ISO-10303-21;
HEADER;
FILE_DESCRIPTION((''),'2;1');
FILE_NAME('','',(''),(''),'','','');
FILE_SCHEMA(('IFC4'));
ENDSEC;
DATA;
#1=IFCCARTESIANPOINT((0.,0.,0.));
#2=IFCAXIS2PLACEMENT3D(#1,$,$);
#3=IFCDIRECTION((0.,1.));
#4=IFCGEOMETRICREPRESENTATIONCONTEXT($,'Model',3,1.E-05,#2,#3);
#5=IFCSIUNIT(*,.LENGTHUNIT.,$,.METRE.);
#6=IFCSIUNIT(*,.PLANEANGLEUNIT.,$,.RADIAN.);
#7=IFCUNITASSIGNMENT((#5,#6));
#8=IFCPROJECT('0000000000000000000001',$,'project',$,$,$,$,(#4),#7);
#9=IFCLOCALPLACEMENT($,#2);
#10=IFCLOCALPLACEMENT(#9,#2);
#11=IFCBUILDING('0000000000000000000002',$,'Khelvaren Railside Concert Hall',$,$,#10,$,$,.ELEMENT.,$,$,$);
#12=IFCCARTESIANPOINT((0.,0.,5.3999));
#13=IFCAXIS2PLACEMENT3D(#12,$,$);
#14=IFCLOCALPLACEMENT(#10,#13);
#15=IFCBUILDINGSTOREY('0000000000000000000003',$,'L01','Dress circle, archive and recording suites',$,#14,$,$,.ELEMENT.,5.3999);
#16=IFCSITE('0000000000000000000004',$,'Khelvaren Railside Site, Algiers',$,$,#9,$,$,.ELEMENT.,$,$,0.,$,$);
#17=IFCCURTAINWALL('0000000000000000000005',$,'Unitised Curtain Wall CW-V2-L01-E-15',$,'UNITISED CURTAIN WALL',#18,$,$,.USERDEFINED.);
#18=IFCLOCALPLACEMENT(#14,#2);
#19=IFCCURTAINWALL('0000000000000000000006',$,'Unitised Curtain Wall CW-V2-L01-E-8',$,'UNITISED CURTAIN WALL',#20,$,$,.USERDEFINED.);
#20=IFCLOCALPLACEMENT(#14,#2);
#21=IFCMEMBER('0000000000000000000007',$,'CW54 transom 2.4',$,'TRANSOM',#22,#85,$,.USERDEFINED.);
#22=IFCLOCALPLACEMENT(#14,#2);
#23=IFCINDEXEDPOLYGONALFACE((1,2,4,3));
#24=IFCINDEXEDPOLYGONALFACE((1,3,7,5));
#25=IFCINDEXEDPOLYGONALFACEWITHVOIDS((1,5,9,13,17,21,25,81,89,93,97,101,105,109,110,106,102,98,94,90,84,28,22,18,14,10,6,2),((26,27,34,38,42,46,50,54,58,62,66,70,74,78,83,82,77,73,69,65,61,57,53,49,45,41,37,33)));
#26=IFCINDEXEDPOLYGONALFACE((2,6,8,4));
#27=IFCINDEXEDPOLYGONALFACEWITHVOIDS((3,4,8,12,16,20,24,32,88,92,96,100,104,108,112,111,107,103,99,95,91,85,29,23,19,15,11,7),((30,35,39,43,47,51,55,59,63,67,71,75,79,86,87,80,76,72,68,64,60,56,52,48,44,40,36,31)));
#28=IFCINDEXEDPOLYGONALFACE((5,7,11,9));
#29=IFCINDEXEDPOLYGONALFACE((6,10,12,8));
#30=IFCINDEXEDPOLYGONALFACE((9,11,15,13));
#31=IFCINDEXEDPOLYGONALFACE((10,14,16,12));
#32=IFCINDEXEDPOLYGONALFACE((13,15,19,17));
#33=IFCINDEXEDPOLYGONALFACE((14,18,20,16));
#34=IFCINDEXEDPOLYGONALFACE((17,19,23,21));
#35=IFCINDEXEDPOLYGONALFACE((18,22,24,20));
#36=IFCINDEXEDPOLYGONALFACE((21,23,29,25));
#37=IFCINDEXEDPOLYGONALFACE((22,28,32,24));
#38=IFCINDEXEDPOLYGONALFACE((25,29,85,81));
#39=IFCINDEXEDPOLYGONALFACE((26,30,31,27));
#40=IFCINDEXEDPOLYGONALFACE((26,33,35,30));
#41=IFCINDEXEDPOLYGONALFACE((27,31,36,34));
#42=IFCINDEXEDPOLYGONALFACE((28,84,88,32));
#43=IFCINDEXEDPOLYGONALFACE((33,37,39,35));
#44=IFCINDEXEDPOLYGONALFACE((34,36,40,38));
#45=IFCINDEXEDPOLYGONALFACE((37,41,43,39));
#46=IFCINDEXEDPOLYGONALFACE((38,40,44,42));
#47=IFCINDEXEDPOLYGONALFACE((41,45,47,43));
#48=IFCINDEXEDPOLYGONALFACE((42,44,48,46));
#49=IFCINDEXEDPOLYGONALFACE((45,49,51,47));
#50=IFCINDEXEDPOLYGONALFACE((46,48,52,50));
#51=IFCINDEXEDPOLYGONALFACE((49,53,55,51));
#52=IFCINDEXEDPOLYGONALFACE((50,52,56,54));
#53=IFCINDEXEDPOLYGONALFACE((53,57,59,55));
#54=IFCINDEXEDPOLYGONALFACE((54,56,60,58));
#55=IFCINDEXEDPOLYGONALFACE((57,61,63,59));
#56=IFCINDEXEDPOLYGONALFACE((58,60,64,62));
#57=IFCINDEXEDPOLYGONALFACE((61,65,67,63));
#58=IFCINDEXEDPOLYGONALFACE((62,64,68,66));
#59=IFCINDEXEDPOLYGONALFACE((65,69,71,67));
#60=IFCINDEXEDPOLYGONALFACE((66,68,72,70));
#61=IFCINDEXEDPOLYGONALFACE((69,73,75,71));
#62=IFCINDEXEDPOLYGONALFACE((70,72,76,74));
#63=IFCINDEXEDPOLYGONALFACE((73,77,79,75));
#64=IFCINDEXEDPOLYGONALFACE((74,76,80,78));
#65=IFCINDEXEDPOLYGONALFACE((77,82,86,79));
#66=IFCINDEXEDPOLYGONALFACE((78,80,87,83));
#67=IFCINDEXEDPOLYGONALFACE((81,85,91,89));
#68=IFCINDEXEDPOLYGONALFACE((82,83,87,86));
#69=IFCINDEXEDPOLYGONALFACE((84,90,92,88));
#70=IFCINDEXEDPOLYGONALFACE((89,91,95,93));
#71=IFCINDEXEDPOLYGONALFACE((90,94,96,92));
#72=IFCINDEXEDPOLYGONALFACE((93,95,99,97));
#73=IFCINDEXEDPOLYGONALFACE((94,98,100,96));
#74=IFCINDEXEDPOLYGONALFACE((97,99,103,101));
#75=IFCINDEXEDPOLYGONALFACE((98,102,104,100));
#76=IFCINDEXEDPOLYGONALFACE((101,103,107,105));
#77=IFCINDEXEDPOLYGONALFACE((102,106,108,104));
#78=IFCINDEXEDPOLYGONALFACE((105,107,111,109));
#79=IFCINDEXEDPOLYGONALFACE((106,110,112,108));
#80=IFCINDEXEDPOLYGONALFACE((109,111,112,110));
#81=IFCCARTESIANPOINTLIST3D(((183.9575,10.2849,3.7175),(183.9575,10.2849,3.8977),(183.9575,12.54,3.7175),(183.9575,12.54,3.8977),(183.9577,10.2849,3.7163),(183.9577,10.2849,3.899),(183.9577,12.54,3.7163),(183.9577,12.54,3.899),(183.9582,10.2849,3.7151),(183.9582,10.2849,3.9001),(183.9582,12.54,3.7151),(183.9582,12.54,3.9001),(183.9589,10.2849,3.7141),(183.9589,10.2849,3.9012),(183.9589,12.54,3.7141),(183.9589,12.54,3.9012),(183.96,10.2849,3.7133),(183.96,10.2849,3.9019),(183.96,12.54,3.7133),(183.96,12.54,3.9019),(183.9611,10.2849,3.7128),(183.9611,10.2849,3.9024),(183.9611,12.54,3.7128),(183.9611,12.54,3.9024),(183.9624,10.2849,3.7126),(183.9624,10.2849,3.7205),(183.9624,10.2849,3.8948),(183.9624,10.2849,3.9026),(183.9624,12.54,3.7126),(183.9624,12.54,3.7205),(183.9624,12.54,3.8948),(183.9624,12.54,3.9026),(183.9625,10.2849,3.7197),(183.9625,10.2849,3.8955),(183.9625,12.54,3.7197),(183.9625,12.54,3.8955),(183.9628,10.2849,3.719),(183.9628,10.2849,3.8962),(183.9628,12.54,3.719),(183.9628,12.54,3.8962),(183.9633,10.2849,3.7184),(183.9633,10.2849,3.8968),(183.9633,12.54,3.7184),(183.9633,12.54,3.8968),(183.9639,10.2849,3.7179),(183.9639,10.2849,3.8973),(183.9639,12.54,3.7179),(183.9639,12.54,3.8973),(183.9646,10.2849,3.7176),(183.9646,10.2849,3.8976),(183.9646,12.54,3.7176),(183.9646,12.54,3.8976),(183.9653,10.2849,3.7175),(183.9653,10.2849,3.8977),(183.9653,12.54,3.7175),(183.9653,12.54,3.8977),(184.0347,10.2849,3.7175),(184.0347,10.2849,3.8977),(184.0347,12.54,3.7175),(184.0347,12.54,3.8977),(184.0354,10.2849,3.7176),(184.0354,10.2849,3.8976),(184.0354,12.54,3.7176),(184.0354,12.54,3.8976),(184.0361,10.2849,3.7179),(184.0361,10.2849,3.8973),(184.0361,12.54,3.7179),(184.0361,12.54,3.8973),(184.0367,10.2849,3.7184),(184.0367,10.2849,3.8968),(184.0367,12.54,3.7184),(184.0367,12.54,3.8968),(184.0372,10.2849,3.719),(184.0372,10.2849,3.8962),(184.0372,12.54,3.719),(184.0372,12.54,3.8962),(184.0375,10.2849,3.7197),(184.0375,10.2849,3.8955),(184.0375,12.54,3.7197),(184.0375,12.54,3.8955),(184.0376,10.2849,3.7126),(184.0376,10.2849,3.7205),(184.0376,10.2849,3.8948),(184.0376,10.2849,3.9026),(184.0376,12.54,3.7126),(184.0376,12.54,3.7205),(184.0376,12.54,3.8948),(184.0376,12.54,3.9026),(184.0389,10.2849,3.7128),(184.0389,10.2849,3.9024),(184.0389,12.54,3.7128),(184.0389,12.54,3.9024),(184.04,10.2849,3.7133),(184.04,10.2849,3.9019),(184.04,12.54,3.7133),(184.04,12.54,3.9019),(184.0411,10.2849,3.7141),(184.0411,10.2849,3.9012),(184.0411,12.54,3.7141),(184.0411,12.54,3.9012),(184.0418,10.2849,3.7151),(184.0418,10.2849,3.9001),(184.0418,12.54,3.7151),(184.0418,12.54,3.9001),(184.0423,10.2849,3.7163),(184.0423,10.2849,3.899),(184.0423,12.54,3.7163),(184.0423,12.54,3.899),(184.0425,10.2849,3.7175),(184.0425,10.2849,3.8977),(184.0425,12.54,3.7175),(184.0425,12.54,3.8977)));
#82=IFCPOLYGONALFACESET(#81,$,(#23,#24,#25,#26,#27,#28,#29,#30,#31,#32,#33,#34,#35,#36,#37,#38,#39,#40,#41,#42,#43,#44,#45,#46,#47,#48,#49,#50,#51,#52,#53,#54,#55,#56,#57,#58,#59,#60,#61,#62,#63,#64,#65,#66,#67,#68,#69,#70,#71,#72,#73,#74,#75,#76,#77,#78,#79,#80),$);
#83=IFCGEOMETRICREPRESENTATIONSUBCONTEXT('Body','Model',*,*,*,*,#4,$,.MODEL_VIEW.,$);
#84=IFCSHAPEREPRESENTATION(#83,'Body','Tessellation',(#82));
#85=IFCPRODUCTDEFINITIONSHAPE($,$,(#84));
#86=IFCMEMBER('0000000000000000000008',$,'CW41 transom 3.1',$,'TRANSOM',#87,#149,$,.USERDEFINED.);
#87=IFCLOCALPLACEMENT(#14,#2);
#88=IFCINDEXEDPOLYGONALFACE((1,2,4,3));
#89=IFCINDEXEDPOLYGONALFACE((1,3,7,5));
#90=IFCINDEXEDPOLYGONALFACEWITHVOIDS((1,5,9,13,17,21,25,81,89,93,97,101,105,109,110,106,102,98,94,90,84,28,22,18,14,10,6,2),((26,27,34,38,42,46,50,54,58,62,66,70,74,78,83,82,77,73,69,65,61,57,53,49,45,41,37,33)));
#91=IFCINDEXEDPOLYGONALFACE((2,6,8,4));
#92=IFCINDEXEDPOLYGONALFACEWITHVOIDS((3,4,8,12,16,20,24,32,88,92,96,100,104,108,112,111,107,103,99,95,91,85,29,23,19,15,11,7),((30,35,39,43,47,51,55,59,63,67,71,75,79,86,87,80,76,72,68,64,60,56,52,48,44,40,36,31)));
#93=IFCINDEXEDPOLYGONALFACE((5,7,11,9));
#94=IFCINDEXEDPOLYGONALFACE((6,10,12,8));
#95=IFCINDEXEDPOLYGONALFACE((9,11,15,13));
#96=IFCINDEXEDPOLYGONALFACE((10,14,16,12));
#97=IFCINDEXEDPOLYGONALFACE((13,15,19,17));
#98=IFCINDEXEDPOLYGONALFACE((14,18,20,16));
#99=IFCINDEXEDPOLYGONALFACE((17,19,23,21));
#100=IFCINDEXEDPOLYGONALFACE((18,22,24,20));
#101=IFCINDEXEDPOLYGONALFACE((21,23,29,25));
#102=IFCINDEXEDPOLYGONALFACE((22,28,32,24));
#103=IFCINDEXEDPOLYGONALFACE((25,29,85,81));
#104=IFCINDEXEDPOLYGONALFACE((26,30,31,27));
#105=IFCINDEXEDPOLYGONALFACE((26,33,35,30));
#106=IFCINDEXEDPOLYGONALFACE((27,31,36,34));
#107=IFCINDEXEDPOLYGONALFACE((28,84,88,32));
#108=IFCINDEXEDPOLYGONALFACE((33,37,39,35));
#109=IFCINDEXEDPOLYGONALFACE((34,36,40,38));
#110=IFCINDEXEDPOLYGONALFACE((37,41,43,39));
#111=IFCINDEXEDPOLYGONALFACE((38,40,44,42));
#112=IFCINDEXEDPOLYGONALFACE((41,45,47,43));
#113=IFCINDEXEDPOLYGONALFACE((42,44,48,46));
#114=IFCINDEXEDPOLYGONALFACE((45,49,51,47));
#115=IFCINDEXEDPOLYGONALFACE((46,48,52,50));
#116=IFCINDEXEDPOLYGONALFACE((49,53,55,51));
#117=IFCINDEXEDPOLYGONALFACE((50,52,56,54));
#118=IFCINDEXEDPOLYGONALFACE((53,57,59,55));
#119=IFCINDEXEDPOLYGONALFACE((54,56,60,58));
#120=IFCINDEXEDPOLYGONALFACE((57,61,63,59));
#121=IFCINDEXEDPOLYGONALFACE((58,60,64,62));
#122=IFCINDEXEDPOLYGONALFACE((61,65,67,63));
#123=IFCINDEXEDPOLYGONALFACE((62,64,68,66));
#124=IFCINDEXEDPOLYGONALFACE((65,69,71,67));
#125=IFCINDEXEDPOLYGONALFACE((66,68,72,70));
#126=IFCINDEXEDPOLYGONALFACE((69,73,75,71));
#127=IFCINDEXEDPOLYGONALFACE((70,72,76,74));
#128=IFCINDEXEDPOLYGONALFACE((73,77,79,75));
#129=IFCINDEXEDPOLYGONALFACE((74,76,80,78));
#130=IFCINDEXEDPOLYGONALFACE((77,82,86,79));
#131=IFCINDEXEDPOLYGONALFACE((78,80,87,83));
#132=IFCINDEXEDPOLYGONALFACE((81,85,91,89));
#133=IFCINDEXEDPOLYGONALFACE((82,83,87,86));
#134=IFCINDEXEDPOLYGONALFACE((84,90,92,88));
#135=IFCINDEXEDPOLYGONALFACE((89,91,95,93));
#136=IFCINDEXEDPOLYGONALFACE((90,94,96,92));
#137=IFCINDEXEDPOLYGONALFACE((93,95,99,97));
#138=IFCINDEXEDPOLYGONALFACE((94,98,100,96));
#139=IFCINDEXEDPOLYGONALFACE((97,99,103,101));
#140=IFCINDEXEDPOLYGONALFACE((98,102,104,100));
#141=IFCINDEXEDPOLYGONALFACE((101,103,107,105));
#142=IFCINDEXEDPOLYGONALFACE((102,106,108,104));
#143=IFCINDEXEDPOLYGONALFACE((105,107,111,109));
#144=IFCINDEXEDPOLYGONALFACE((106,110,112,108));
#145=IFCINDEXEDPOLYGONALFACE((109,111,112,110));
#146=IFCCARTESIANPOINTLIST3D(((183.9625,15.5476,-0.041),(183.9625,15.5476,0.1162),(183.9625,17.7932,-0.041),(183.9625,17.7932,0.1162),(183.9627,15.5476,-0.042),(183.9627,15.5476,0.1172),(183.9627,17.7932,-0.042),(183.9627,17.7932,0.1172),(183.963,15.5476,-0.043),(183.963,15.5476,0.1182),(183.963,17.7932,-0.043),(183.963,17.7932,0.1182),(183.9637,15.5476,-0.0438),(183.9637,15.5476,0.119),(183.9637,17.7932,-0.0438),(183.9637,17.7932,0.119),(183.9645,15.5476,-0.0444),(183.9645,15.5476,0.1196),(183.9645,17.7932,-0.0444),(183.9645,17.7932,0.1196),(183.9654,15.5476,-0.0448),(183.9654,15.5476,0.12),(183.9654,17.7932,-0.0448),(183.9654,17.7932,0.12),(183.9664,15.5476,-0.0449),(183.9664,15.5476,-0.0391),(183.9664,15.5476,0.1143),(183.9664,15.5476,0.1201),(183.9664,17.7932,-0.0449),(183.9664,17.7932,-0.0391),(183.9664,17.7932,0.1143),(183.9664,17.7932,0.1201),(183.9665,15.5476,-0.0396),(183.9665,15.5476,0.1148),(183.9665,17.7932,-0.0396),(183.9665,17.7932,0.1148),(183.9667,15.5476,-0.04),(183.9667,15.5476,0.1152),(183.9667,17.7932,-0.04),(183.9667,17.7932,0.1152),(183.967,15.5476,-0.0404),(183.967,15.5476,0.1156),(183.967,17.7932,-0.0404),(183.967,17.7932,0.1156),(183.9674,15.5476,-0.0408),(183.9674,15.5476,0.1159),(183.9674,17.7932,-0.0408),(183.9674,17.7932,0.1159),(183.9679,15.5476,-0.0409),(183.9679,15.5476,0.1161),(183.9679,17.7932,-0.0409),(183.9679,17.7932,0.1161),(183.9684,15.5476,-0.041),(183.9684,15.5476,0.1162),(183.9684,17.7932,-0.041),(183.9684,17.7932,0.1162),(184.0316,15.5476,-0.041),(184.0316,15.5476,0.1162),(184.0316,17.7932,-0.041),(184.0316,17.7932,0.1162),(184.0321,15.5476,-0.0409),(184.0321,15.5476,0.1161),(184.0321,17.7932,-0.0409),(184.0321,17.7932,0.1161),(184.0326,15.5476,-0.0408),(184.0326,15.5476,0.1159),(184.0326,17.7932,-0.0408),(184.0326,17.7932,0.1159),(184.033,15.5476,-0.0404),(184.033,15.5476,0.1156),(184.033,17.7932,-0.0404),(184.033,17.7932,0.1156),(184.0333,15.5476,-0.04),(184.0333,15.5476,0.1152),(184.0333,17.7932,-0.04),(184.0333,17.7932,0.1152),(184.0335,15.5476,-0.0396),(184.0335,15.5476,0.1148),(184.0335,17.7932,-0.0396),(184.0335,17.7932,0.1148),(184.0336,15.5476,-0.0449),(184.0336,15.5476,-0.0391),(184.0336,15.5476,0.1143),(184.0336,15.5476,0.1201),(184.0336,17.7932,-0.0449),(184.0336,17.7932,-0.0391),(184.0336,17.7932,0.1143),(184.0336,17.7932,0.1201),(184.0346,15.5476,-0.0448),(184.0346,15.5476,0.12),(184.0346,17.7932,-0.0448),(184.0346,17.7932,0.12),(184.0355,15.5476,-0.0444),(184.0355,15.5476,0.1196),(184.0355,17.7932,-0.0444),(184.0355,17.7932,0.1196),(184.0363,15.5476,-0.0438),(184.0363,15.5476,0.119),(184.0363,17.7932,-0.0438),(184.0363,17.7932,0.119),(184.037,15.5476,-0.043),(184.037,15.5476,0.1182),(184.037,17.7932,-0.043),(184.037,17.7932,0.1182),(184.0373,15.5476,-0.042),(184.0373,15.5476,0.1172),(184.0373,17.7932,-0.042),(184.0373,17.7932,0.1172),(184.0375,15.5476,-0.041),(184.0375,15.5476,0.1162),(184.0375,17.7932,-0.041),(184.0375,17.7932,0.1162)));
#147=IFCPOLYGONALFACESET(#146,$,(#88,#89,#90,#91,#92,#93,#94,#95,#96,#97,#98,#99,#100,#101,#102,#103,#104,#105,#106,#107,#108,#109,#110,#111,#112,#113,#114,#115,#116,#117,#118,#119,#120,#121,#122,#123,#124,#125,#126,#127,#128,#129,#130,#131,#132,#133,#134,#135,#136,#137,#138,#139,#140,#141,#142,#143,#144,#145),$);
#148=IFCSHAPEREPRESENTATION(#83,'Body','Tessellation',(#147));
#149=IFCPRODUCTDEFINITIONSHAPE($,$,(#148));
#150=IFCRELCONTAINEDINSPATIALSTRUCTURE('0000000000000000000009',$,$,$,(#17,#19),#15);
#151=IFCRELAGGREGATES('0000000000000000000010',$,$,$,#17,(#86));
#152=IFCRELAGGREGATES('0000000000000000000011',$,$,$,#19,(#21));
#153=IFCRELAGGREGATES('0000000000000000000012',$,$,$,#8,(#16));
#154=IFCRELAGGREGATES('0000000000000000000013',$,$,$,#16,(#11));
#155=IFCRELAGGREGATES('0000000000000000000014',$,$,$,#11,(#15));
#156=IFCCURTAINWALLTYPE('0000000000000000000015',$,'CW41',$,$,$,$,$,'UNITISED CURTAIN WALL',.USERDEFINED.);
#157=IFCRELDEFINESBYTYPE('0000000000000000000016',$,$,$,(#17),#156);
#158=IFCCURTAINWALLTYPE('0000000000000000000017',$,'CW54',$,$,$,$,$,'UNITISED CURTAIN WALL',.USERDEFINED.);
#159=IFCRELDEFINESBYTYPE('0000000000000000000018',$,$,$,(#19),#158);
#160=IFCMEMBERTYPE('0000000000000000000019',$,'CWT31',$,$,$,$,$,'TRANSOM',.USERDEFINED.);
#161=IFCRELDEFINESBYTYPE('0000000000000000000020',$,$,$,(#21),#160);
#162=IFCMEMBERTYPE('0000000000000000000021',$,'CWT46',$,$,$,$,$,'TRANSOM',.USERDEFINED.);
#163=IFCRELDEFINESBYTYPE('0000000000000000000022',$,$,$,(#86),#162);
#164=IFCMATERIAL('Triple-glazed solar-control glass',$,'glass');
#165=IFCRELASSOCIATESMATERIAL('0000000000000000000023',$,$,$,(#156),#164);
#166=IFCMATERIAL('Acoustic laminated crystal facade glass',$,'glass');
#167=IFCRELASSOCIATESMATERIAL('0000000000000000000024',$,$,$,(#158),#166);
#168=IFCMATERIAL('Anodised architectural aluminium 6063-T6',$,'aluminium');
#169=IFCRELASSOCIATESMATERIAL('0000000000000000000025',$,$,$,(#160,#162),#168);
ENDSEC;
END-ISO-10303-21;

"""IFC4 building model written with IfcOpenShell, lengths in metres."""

from ifc_helpers import new_model, si_unit, direction, frame, origin, origin_2d, place, context, subcontext, project, spatial, hollow_rectangle, extrude, material, material_profile, profile_set, type_object, element, aggregate, save


model = new_model("IFC4")

# Units and contexts
model_context = context("Model", 3, precision=1e-05, world=origin(), true_north=direction((0.0, 1.0)))
body_context = subcontext(model_context, "Body", "Model", "MODEL_VIEW")
ifc_project = project(units=[si_unit("LENGTHUNIT", "METRE"), si_unit("PLANEANGLEUNIT", "RADIAN")], contexts=[model_context])

# Site, building, storey
site_placement = place(None, origin())
site = spatial("IfcSite", under=ifc_project, at=site_placement, Name="Khelvaren Railside Site, Algiers", CompositionType="ELEMENT", RefElevation=0.0)
building_placement = place(site_placement, origin())
building = spatial("IfcBuilding", under=site, at=building_placement, Name="Khelvaren Railside Concert Hall", CompositionType="ELEMENT")
storey_placement = place(building_placement, frame((0.0, 0.0, 5.3999)))
storey = spatial("IfcBuildingStorey", under=building, at=storey_placement, Name="L01", Description="Dress circle, archive and recording suites", CompositionType="ELEMENT", Elevation=5.3999)

# Curtain walls, member
ifc_material_1 = material(Name="Triple-glazed solar-control glass", Category="glass")
curtain_wall_type_1 = type_object("IfcCurtainWallType", Name="CW41", ElementType="UNITISED CURTAIN WALL", PredefinedType="USERDEFINED", material=ifc_material_1)
curtain_wall_1_placement = place(storey_placement, origin())
curtain_wall_1 = element("IfcCurtainWall", 1, at=curtain_wall_1_placement, inside=storey, type_object=curtain_wall_type_1, Name="Unitised Curtain Wall CW-V2-L01-E-15", ObjectType="UNITISED CURTAIN WALL", PredefinedType="USERDEFINED")
ifc_material_2 = material(Name="Anodised architectural aluminium 6063-T6", Category="aluminium")
ifc_material_3 = material(Name="Acoustic laminated crystal facade glass", Category="glass")
curtain_wall_type_2 = type_object("IfcCurtainWallType", Name="CW54", ElementType="UNITISED CURTAIN WALL", PredefinedType="USERDEFINED", material=ifc_material_3)
curtain_wall_2_placement = place(storey_placement, origin())
curtain_wall_2 = element("IfcCurtainWall", 2, at=curtain_wall_2_placement, inside=storey, type_object=curtain_wall_type_2, Name="Unitised Curtain Wall CW-V2-L01-E-8", ObjectType="UNITISED CURTAIN WALL", PredefinedType="USERDEFINED")
ifc_material_profile_1 = material_profile(ifc_material_2, hollow_rectangle(XDim=0.085, YDim=0.1899, WallThickness=0.0049, InnerFilletRadius=0.0029, OuterFilletRadius=0.0049, at=origin_2d()), Name="CWT 85x190x5")
ifc_profile_set_1 = profile_set([ifc_material_profile_1], Name="Anodised architectural aluminium 6063-T6")
member_type_1 = type_object("IfcMemberType", Name="CWT31", ElementType="TRANSOM", PredefinedType="USERDEFINED", material=ifc_profile_set_1)
member_1_placement = place(storey_placement, frame((184.0, 12.54, 3.8076), z_axis=(0.0, -1.0, 0.0), x_axis=(1.0, 0.0, 0.0)))
member_1 = element("IfcMember", 3, at=member_1_placement, type_object=member_type_1, Name="CW54 transom 2.4", ObjectType="TRANSOM", PredefinedType="USERDEFINED", context=body_context, shape_type="SweptSolid", body=[
    extrude(hollow_rectangle(XDim=0.085, YDim=0.1899, WallThickness=0.0049, InnerFilletRadius=0.0029, OuterFilletRadius=0.0049, at=origin_2d()), origin(), (0.0, 0.0, 1.0), 2.2551),
])

# Member
ifc_material_profile_2 = material_profile(ifc_material_2, hollow_rectangle(XDim=0.075, YDim=0.165, WallThickness=0.0039, InnerFilletRadius=0.002, OuterFilletRadius=0.0039, at=origin_2d()), Name="CWT 75x165x4")
ifc_profile_set_2 = profile_set([ifc_material_profile_2], Name="Anodised architectural aluminium 6063-T6")
member_type_2 = type_object("IfcMemberType", Name="CWT46", ElementType="TRANSOM", PredefinedType="USERDEFINED", material=ifc_profile_set_2)
member_2_placement = place(storey_placement, frame((184.0, 17.7932, 0.0376), z_axis=(0.0, -1.0, 0.0), x_axis=(1.0, 0.0, 0.0)))
member_2 = element("IfcMember", 4, at=member_2_placement, type_object=member_type_2, Name="CW41 transom 3.1", ObjectType="TRANSOM", PredefinedType="USERDEFINED", context=body_context, shape_type="SweptSolid", body=[
    extrude(hollow_rectangle(XDim=0.075, YDim=0.165, WallThickness=0.0039, InnerFilletRadius=0.002, OuterFilletRadius=0.0039, at=origin_2d()), origin(), (0.0, 0.0, 1.0), 2.2456),
])

aggregate(curtain_wall_1, [member_2])
aggregate(curtain_wall_2, [member_1])

save(model, "model.ifc")
